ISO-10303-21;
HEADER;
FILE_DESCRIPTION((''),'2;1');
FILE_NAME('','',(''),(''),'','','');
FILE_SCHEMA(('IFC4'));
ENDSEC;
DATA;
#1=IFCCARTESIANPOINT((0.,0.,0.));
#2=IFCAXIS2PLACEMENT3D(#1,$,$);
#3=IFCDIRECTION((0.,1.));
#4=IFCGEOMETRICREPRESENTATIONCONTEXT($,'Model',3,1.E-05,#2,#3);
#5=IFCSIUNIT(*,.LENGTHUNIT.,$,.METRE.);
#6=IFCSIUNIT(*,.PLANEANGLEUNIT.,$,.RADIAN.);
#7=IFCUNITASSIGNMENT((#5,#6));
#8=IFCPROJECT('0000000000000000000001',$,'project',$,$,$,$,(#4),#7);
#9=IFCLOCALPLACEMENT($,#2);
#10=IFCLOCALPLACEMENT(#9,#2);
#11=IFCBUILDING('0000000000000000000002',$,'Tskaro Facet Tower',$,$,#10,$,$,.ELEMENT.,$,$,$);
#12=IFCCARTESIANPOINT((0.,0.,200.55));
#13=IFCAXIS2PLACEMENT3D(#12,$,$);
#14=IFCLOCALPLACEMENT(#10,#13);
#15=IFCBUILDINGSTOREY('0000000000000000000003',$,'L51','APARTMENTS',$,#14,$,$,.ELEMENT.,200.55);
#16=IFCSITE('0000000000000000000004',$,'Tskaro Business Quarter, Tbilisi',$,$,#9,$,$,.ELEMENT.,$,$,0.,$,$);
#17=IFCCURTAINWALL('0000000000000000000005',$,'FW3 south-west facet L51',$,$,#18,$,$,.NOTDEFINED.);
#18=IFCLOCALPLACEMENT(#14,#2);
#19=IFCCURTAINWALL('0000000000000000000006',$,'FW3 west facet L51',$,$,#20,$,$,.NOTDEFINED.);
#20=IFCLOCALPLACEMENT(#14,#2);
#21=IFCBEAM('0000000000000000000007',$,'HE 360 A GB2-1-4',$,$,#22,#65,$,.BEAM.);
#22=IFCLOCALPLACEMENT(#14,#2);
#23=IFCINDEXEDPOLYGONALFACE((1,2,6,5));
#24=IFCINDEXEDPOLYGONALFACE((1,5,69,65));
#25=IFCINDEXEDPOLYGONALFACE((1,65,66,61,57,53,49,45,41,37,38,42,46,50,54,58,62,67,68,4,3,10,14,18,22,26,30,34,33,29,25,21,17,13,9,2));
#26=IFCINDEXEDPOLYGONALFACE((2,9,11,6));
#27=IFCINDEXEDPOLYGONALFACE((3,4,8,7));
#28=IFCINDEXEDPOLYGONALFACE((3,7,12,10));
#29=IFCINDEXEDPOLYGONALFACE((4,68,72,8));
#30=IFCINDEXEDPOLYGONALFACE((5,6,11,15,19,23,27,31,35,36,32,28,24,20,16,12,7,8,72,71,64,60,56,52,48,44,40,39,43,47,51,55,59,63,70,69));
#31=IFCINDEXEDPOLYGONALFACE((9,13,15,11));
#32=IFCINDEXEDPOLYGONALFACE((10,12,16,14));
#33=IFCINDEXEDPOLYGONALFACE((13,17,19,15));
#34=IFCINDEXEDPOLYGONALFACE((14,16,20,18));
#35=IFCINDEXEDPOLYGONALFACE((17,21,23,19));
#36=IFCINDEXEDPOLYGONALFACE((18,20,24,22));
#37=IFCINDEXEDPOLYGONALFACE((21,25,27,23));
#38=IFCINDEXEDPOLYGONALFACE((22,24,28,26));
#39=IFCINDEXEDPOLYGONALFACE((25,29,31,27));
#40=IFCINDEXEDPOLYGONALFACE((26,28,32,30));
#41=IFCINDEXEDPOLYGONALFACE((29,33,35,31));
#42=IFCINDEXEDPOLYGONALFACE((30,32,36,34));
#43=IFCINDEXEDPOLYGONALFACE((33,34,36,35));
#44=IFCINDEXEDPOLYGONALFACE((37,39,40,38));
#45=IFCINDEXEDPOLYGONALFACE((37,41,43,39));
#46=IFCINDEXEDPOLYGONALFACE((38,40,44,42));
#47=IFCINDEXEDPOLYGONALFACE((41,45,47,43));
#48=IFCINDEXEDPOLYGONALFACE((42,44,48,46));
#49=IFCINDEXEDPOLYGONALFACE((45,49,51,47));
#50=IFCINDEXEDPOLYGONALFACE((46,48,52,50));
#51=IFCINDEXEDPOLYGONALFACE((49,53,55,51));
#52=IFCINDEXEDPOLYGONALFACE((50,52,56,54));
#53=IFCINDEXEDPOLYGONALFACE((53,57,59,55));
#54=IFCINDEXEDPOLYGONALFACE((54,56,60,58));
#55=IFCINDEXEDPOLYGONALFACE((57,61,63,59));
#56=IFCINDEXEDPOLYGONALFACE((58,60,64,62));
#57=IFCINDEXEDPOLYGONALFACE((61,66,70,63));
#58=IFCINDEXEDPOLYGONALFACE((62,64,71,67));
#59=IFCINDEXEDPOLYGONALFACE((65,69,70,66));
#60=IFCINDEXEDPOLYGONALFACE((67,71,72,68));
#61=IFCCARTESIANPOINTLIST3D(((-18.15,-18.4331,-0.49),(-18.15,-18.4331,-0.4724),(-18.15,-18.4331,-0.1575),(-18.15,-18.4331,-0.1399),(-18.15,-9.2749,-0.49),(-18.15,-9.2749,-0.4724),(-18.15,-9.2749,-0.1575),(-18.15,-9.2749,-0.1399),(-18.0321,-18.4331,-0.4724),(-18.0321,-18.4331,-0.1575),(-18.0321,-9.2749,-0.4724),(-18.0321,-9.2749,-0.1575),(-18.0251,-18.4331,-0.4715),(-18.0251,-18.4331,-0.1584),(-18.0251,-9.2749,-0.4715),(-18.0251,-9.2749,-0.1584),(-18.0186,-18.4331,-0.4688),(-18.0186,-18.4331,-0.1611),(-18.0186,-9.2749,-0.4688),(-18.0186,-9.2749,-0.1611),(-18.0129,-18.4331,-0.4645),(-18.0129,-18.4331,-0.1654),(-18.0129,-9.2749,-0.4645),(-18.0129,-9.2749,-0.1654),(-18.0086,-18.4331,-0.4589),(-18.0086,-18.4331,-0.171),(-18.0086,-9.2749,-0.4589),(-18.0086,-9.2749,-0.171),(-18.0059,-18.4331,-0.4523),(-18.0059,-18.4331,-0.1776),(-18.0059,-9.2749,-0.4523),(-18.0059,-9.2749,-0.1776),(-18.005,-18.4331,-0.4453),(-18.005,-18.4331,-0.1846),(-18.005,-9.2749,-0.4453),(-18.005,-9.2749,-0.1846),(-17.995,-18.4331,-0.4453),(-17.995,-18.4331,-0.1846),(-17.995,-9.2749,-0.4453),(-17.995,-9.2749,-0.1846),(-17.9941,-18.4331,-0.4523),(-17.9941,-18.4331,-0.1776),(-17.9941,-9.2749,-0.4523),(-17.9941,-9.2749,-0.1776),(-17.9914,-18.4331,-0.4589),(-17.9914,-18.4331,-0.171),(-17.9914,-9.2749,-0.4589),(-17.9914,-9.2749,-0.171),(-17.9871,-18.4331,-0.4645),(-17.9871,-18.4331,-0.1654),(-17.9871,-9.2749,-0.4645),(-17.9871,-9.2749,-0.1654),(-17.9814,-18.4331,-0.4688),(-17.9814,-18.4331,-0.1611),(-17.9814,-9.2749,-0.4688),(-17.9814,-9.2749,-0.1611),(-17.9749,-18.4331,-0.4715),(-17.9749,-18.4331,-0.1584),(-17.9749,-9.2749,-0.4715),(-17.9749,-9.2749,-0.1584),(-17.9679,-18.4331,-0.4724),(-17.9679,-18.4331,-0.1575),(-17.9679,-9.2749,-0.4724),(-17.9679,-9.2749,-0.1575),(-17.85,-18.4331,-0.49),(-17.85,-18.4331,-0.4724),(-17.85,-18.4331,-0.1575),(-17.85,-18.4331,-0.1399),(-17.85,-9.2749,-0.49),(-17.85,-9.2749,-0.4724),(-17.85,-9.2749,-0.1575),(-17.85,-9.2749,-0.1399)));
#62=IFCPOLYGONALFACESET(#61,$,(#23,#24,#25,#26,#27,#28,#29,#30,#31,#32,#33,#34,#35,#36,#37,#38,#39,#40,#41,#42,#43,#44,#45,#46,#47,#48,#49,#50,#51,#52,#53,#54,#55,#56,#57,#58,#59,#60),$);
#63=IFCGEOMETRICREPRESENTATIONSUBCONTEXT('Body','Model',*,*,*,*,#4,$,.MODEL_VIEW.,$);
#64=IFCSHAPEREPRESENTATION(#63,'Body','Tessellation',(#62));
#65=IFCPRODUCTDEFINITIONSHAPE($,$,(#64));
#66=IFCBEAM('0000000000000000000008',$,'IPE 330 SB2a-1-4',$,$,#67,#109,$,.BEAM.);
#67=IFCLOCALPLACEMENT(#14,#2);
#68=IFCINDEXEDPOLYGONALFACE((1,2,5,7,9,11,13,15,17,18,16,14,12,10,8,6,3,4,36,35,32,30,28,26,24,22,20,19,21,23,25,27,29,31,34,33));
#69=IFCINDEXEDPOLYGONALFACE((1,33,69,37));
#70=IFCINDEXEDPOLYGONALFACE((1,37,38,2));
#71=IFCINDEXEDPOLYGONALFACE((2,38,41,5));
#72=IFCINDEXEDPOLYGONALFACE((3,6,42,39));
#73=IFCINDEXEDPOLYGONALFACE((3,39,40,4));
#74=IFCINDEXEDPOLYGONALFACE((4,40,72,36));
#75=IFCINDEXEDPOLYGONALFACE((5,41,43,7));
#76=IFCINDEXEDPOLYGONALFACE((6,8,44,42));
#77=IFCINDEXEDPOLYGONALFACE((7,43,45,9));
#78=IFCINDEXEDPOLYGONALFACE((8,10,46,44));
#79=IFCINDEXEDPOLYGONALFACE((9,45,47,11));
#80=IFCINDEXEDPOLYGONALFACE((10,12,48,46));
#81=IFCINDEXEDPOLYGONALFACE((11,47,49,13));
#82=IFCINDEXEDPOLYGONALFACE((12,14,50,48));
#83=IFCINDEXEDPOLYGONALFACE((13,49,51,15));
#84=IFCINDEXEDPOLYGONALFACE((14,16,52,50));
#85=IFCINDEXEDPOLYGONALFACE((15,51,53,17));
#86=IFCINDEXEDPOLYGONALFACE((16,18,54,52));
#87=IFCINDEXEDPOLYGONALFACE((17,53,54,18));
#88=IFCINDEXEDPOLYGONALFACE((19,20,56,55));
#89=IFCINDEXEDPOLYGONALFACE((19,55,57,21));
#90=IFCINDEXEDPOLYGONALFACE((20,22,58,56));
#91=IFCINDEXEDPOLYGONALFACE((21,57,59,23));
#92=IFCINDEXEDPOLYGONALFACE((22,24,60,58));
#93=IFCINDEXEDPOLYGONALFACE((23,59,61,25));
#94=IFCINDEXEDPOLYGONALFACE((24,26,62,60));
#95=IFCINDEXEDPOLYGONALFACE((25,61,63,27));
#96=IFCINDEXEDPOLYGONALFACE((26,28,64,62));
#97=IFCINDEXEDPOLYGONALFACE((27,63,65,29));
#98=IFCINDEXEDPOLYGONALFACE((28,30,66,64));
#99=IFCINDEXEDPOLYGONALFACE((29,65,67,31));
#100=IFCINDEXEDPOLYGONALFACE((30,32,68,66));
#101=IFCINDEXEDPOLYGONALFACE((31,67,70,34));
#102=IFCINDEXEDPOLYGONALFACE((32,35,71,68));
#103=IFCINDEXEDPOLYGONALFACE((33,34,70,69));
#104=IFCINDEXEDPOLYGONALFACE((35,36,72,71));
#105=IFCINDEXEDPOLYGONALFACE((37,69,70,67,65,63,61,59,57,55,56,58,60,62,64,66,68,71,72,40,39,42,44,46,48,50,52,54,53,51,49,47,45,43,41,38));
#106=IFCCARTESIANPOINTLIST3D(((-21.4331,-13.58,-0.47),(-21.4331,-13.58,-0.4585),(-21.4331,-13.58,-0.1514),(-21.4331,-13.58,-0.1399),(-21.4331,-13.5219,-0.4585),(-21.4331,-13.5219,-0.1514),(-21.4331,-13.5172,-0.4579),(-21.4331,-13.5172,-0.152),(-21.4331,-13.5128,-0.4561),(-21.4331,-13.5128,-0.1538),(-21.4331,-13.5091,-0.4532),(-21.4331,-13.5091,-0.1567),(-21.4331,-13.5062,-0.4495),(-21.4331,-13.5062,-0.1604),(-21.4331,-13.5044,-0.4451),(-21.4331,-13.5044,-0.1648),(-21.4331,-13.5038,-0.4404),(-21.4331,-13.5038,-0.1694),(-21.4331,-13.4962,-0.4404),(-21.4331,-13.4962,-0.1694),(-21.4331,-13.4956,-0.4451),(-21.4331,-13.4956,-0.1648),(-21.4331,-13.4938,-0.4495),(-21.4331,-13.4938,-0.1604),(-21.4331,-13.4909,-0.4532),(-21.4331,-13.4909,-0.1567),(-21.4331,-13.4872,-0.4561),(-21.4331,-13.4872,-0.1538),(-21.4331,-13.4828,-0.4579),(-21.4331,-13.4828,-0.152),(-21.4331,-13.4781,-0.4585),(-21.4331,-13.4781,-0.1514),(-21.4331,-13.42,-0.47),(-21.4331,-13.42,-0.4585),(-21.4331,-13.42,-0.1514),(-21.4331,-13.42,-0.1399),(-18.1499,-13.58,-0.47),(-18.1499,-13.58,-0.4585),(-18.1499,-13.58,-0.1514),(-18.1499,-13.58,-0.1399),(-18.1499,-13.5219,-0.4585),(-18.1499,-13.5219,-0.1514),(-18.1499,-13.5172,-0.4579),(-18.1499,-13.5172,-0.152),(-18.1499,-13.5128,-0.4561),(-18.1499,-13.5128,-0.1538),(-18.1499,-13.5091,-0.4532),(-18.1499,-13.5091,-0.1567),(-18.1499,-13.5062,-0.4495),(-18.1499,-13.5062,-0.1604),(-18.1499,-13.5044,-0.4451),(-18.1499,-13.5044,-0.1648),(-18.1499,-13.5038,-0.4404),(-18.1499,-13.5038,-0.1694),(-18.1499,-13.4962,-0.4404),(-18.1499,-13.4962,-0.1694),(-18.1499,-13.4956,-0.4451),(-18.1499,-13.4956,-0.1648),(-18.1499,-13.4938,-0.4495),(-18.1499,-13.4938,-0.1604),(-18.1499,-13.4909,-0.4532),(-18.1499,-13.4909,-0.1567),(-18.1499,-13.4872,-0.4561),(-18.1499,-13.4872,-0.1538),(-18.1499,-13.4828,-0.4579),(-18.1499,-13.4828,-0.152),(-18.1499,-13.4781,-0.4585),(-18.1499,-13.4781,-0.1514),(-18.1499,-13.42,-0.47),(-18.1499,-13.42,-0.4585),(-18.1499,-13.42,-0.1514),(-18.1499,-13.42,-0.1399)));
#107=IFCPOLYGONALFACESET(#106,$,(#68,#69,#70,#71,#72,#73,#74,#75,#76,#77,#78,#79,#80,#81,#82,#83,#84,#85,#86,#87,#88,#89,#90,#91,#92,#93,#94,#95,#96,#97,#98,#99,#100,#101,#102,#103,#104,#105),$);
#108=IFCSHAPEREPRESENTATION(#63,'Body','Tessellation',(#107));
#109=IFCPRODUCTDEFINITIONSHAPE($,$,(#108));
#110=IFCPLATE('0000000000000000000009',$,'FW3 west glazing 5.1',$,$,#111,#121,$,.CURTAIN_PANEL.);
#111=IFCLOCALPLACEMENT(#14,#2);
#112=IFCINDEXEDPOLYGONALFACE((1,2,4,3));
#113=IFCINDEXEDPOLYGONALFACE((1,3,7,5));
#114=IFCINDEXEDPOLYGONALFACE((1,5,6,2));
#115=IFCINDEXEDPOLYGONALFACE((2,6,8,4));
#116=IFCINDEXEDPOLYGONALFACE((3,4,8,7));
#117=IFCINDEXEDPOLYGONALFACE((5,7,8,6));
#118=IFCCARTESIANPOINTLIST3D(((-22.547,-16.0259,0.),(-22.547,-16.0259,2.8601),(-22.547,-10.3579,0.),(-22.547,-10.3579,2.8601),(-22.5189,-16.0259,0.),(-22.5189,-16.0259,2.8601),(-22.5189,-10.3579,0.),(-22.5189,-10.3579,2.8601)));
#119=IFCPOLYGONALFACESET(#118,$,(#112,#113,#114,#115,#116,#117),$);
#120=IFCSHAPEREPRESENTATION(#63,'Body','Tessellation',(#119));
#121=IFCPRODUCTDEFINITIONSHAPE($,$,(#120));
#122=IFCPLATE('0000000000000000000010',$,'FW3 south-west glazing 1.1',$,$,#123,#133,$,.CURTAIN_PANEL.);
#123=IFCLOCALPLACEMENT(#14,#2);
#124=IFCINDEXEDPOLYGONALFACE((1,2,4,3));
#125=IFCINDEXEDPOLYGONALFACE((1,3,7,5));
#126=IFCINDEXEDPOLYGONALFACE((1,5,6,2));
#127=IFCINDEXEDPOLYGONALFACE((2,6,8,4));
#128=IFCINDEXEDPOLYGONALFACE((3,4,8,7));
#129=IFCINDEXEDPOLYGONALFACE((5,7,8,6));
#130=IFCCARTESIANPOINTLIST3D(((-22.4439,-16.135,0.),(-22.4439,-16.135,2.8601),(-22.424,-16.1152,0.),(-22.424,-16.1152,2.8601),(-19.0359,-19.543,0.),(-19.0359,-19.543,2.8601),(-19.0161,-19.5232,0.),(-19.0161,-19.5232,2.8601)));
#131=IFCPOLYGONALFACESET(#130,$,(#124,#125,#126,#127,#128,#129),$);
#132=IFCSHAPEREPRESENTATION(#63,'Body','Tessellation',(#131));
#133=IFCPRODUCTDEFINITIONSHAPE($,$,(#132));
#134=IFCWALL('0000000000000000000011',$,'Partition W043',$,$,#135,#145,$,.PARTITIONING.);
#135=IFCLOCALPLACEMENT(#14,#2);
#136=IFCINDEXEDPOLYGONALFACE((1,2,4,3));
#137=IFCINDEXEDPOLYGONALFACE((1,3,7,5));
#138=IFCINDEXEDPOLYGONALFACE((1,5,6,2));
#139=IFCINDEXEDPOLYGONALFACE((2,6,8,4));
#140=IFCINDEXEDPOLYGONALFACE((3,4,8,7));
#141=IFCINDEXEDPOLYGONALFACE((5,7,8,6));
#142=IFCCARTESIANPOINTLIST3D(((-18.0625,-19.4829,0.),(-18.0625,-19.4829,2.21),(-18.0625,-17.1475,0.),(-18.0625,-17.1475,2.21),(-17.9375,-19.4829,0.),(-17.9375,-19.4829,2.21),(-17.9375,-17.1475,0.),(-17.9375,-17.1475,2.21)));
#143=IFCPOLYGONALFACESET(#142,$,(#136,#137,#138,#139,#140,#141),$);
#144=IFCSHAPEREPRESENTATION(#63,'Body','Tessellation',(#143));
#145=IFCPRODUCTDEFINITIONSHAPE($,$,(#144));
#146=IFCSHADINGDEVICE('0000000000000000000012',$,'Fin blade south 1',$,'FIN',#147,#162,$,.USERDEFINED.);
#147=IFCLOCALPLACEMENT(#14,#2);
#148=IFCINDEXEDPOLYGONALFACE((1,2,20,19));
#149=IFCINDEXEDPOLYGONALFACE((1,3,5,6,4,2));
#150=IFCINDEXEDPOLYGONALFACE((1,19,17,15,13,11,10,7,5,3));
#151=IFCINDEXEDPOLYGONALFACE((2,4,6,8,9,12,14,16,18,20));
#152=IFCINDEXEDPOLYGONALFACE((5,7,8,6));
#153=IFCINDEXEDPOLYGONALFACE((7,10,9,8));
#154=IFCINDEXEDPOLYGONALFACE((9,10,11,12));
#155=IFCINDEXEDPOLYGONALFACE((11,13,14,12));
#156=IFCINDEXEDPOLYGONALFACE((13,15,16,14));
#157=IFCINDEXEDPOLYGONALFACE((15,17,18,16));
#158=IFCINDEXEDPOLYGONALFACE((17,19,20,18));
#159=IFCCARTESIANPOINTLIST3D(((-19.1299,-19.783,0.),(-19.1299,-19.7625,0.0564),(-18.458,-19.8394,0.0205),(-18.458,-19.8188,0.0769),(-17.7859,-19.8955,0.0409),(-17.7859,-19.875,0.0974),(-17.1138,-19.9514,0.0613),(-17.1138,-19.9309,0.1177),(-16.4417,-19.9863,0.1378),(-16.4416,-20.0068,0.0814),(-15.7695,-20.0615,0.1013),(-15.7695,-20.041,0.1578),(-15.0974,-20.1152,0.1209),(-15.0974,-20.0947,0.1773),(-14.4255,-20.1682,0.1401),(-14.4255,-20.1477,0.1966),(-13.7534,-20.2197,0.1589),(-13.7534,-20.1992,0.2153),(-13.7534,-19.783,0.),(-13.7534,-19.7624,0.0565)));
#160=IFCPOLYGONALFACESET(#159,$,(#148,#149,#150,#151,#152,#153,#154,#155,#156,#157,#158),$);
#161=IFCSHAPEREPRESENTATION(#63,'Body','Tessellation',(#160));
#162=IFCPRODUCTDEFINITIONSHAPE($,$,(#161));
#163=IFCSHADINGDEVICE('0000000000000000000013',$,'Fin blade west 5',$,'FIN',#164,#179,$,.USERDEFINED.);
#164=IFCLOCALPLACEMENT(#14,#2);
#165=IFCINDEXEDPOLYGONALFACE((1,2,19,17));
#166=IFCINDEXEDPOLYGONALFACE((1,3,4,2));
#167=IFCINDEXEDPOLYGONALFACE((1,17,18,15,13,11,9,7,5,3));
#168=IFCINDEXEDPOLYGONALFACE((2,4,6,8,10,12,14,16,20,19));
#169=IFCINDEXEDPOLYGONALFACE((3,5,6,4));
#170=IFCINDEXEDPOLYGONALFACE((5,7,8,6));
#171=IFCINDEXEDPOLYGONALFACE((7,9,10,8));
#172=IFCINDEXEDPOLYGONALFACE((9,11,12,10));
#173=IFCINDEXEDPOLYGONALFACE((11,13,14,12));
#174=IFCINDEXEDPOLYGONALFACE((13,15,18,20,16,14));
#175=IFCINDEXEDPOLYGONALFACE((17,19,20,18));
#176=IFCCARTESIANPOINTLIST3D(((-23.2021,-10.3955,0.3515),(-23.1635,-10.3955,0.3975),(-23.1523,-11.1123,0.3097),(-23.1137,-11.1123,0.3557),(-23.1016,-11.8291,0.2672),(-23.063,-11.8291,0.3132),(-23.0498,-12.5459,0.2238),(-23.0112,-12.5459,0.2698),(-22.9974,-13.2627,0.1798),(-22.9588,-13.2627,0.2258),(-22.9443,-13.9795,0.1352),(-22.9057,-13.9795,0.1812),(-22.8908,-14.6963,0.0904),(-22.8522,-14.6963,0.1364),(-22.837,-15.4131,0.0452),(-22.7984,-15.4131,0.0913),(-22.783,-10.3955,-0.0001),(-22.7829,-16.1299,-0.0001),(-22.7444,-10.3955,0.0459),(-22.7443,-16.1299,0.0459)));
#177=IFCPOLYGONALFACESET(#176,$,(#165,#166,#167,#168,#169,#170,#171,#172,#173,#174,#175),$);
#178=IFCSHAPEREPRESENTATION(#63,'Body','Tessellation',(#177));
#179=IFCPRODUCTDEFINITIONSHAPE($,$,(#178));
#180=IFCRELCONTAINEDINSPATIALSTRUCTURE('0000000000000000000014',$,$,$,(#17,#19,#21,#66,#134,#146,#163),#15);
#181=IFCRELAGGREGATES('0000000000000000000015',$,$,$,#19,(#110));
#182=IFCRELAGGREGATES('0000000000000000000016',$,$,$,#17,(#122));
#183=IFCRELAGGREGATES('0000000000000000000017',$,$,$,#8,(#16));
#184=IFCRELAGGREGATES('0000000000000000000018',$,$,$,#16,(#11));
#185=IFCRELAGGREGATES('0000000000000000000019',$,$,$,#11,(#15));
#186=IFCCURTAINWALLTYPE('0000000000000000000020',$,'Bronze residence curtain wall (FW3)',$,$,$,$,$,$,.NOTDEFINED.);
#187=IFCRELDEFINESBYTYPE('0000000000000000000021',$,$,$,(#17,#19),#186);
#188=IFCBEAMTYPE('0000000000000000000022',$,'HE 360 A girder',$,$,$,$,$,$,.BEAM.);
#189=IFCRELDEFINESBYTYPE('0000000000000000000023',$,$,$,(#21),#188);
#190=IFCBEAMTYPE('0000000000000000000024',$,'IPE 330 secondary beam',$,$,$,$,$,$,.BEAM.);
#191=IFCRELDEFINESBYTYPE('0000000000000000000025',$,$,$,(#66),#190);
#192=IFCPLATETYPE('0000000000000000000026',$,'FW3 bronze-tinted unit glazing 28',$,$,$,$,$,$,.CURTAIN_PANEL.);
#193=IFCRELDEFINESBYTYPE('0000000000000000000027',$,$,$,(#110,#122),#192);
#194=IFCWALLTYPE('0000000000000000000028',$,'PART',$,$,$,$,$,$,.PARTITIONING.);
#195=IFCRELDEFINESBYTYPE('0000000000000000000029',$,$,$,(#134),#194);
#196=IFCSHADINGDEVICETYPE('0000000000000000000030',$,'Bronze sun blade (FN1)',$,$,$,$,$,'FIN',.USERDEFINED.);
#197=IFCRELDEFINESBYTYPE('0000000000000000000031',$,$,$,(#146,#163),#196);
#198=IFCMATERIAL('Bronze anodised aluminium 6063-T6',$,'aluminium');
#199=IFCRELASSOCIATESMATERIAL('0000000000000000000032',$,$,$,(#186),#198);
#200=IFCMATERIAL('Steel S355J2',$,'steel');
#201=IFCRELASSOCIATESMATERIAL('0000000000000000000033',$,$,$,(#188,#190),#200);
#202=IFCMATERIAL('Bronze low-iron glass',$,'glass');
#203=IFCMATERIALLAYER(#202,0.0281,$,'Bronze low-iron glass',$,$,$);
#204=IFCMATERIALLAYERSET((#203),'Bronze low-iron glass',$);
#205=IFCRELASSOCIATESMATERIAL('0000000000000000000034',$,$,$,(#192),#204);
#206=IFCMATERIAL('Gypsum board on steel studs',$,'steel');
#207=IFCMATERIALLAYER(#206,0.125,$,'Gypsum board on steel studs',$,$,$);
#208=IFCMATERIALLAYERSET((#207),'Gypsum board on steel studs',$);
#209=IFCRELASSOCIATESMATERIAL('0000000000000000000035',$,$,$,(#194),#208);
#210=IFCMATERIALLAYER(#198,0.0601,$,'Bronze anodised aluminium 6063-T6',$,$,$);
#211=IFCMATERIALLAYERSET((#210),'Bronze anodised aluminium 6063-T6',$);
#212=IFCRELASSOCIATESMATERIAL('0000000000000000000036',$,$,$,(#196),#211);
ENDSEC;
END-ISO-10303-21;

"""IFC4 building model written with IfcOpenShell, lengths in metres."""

from ifc_helpers import new_model, si_unit, direction, frame, frame_2d, origin, origin_2d, place, context, subcontext, project, spatial, polyline, rectangle, i_section, outline, extrude, material, layer, layer_set, material_profile, profile_set, type_object, element, aggregate, save


model = new_model("IFC4")

# Units and contexts
model_context = context("Model", 3, precision=1e-05, world=origin(), true_north=direction((0.0, 1.0)))
body_context = subcontext(model_context, "Body", "Model", "MODEL_VIEW")
ifc_project = project(units=[si_unit("LENGTHUNIT", "METRE"), si_unit("PLANEANGLEUNIT", "RADIAN")], contexts=[model_context])

# Site, building, storey
site_placement = place(None, origin())
site = spatial("IfcSite", under=ifc_project, at=site_placement, Name="Tskaro Business Quarter, Tbilisi", CompositionType="ELEMENT", RefElevation=0.0)
building_placement = place(site_placement, origin())
building = spatial("IfcBuilding", under=site, at=building_placement, Name="Tskaro Facet Tower", CompositionType="ELEMENT")
storey_placement = place(building_placement, frame((0.0, 0.0, 200.55)))
storey = spatial("IfcBuildingStorey", under=building, at=storey_placement, Name="L51", Description="APARTMENTS", CompositionType="ELEMENT", Elevation=200.55)

# Curtain wall
ifc_material_1 = material(Name="Bronze anodised aluminium 6063-T6", Category="aluminium")
curtain_wall_type = type_object("IfcCurtainWallType", Name="Bronze residence curtain wall (FW3)", PredefinedType="NOTDEFINED", material=ifc_material_1)
curtain_wall_1_placement = place(storey_placement, origin())
curtain_wall_1 = element("IfcCurtainWall", 1, at=curtain_wall_1_placement, inside=storey, type_object=curtain_wall_type, Name="FW3 south-west facet L51", PredefinedType="NOTDEFINED")

# Curtain wall
curtain_wall_2_placement = place(storey_placement, origin())
curtain_wall_2 = element("IfcCurtainWall", 2, at=curtain_wall_2_placement, inside=storey, type_object=curtain_wall_type, Name="FW3 west facet L51", PredefinedType="NOTDEFINED")

# Beams
ifc_material_2 = material(Name="Steel S355J2", Category="steel")
ifc_material_profile_1 = material_profile(ifc_material_2, i_section(OverallWidth=0.3, OverallDepth=0.3501, WebThickness=0.01, FlangeThickness=0.0176, FilletRadius=0.0271, at=origin_2d()), Name="HE 360 A")
ifc_profile_set_1 = profile_set([ifc_material_profile_1], Name="Steel S355J2")
beam_type_1 = type_object("IfcBeamType", Name="HE 360 A girder", PredefinedType="BEAM", material=ifc_profile_set_1)
beam_1_placement = place(storey_placement, frame((-18.0, -18.4331, -0.3149), z_axis=(0.0, 1.0, 0.0), x_axis=(-1.0, 0.0, 0.0)))
element("IfcBeam", 3, at=beam_1_placement, inside=storey, type_object=beam_type_1, Name="HE 360 A GB2-1-4", PredefinedType="BEAM", context=body_context, shape_type="SweptSolid", body=[
    extrude(i_section(OverallWidth=0.3, OverallDepth=0.3501, WebThickness=0.01, FlangeThickness=0.0176, FilletRadius=0.0271, at=origin_2d()), origin(), (0.0, 0.0, 1.0), 9.1582),
])
ifc_material_profile_2 = material_profile(ifc_material_2, i_section(OverallWidth=0.1599, OverallDepth=0.3301, WebThickness=0.0076, FlangeThickness=0.0115, FilletRadius=0.0181, at=origin_2d()), Name="IPE 330")
ifc_profile_set_2 = profile_set([ifc_material_profile_2], Name="Steel S355J2")
beam_type_2 = type_object("IfcBeamType", Name="IPE 330 secondary beam", PredefinedType="BEAM", material=ifc_profile_set_2)
beam_2_placement = place(storey_placement, frame((-21.4331, -13.5, -0.3049), z_axis=(1.0, 0.0, 0.0), x_axis=(0.0, 1.0, 0.0)))
element("IfcBeam", 4, at=beam_2_placement, inside=storey, type_object=beam_type_2, Name="IPE 330 SB2a-1-4", PredefinedType="BEAM", context=body_context, shape_type="SweptSolid", body=[
    extrude(i_section(OverallWidth=0.1599, OverallDepth=0.3301, WebThickness=0.0076, FlangeThickness=0.0115, FilletRadius=0.0181, at=origin_2d()), origin(), (0.0, 0.0, 1.0), 3.2832),
])

# Plates
ifc_material_3 = material(Name="Bronze low-iron glass", Category="glass")
ifc_layer_1 = layer(ifc_material_3, 0.0281, Name="Bronze low-iron glass")
ifc_layer_set_1 = layer_set([ifc_layer_1], Name="Bronze low-iron glass")
plate_type = type_object("IfcPlateType", Name="FW3 bronze-tinted unit glazing 28", PredefinedType="CURTAIN_PANEL", material=ifc_layer_set_1)
plate_1_placement = place(storey_placement, frame((-22.533, -13.1919, 0.0), z_axis=(0.0, 0.0, 1.0), x_axis=(0.0, -1.0, 0.0)))
plate_1 = element("IfcPlate", 5, at=plate_1_placement, type_object=plate_type, Name="FW3 west glazing 5.1", PredefinedType="CURTAIN_PANEL", context=body_context, shape_type="SweptSolid", body=[
    extrude(rectangle(XDim=5.668, YDim=0.0281, at=origin_2d()), origin(), (0.0, 0.0, 1.0), 2.8601),
])
aggregate(curtain_wall_2, [plate_1])
plate_2_placement = place(storey_placement, frame((-20.73, -17.8291, 0.0), z_axis=(0.0, 0.0, 1.0), x_axis=(0.707107, -0.707107, 0.0)))
plate_2 = element("IfcPlate", 6, at=plate_2_placement, type_object=plate_type, Name="FW3 south-west glazing 1.1", PredefinedType="CURTAIN_PANEL", context=body_context, shape_type="SweptSolid", body=[
    extrude(rectangle(XDim=4.8196, YDim=0.0281, at=origin_2d()), origin(), (0.0, 0.0, 1.0), 2.8601),
])
aggregate(curtain_wall_1, [plate_2])

# Wall
ifc_material_4 = material(Name="Gypsum board on steel studs", Category="steel")
ifc_layer_2 = layer(ifc_material_4, 0.125, Name="Gypsum board on steel studs")
ifc_layer_set_2 = layer_set([ifc_layer_2], Name="Gypsum board on steel studs")
wall_type = type_object("IfcWallType", Name="PART", PredefinedType="PARTITIONING", material=ifc_layer_set_2)
wall_placement = place(storey_placement, frame((-18.0, -19.4829, 0.0), z_axis=(0.0, 0.0, 1.0), x_axis=(0.0, 1.0, 0.0)))
element("IfcWall", 7, at=wall_placement, inside=storey, type_object=wall_type, Name="Partition W043", PredefinedType="PARTITIONING", context=body_context, shape_type="SweptSolid", body=[
    extrude(rectangle(XDim=2.3354, YDim=0.125, at=frame_2d((1.1677, 0.0))), origin(), (0.0, 0.0, 1.0), 2.21),
])

# Shading devices
ifc_layer_3 = layer(ifc_material_1, 0.0601, Name="Bronze anodised aluminium 6063-T6")
ifc_layer_set_3 = layer_set([ifc_layer_3], Name="Bronze anodised aluminium 6063-T6")
shading_device_type = type_object("IfcShadingDeviceType", Name="Bronze sun blade (FN1)", ElementType="FIN", PredefinedType="USERDEFINED", material=ifc_layer_set_3)
shading_device_1_placement = place(storey_placement, frame((-19.1299, -19.7625, 0.0564), z_axis=(-0.000013, 0.34181, 0.939769), x_axis=(1.0, 0.000004, 0.000012)))
element("IfcShadingDevice", 8, at=shading_device_1_placement, inside=storey, type_object=shading_device_type, Name="Fin blade south 1", ObjectType="FIN", PredefinedType="USERDEFINED", context=body_context, shape_type="SweptSolid", body=[
    extrude(outline(polyline([(0.0, 0.0), (5.3765, 0.0), (5.3765, -0.4648), (4.7043, -0.4099), (4.0325, -0.3536), (3.3604, -0.2964), (2.6882, -0.2382), (2.0161, -0.1793), (1.344, -0.1198), (0.6719, -0.06), (0.0, 0.0)])), origin(), (0.0, 0.0, -1.0), 0.0601),
])
shading_device_2_placement = place(storey_placement, frame((-22.7444, -10.3955, 0.0459), z_axis=(0.642673, 0.000009, 0.766141), x_axis=(0.000006, -1.0, 0.000007)))
element("IfcShadingDevice", 9, at=shading_device_2_placement, inside=storey, type_object=shading_device_type, Name="Fin blade west 5", ObjectType="FIN", PredefinedType="USERDEFINED", context=body_context, shape_type="SweptSolid", body=[
    extrude(outline(polyline([(0.0, 0.0), (5.7344, 0.0), (5.0176, -0.0705), (4.3008, -0.1407), (3.584, -0.2106), (2.8672, -0.2799), (2.1504, -0.3483), (1.4336, -0.4159), (0.7168, -0.4821), (0.0, -0.5471), (0.0, 0.0)])), origin(), (0.0, 0.0, -1.0), 0.0601),
])

save(model, "model.ifc")
